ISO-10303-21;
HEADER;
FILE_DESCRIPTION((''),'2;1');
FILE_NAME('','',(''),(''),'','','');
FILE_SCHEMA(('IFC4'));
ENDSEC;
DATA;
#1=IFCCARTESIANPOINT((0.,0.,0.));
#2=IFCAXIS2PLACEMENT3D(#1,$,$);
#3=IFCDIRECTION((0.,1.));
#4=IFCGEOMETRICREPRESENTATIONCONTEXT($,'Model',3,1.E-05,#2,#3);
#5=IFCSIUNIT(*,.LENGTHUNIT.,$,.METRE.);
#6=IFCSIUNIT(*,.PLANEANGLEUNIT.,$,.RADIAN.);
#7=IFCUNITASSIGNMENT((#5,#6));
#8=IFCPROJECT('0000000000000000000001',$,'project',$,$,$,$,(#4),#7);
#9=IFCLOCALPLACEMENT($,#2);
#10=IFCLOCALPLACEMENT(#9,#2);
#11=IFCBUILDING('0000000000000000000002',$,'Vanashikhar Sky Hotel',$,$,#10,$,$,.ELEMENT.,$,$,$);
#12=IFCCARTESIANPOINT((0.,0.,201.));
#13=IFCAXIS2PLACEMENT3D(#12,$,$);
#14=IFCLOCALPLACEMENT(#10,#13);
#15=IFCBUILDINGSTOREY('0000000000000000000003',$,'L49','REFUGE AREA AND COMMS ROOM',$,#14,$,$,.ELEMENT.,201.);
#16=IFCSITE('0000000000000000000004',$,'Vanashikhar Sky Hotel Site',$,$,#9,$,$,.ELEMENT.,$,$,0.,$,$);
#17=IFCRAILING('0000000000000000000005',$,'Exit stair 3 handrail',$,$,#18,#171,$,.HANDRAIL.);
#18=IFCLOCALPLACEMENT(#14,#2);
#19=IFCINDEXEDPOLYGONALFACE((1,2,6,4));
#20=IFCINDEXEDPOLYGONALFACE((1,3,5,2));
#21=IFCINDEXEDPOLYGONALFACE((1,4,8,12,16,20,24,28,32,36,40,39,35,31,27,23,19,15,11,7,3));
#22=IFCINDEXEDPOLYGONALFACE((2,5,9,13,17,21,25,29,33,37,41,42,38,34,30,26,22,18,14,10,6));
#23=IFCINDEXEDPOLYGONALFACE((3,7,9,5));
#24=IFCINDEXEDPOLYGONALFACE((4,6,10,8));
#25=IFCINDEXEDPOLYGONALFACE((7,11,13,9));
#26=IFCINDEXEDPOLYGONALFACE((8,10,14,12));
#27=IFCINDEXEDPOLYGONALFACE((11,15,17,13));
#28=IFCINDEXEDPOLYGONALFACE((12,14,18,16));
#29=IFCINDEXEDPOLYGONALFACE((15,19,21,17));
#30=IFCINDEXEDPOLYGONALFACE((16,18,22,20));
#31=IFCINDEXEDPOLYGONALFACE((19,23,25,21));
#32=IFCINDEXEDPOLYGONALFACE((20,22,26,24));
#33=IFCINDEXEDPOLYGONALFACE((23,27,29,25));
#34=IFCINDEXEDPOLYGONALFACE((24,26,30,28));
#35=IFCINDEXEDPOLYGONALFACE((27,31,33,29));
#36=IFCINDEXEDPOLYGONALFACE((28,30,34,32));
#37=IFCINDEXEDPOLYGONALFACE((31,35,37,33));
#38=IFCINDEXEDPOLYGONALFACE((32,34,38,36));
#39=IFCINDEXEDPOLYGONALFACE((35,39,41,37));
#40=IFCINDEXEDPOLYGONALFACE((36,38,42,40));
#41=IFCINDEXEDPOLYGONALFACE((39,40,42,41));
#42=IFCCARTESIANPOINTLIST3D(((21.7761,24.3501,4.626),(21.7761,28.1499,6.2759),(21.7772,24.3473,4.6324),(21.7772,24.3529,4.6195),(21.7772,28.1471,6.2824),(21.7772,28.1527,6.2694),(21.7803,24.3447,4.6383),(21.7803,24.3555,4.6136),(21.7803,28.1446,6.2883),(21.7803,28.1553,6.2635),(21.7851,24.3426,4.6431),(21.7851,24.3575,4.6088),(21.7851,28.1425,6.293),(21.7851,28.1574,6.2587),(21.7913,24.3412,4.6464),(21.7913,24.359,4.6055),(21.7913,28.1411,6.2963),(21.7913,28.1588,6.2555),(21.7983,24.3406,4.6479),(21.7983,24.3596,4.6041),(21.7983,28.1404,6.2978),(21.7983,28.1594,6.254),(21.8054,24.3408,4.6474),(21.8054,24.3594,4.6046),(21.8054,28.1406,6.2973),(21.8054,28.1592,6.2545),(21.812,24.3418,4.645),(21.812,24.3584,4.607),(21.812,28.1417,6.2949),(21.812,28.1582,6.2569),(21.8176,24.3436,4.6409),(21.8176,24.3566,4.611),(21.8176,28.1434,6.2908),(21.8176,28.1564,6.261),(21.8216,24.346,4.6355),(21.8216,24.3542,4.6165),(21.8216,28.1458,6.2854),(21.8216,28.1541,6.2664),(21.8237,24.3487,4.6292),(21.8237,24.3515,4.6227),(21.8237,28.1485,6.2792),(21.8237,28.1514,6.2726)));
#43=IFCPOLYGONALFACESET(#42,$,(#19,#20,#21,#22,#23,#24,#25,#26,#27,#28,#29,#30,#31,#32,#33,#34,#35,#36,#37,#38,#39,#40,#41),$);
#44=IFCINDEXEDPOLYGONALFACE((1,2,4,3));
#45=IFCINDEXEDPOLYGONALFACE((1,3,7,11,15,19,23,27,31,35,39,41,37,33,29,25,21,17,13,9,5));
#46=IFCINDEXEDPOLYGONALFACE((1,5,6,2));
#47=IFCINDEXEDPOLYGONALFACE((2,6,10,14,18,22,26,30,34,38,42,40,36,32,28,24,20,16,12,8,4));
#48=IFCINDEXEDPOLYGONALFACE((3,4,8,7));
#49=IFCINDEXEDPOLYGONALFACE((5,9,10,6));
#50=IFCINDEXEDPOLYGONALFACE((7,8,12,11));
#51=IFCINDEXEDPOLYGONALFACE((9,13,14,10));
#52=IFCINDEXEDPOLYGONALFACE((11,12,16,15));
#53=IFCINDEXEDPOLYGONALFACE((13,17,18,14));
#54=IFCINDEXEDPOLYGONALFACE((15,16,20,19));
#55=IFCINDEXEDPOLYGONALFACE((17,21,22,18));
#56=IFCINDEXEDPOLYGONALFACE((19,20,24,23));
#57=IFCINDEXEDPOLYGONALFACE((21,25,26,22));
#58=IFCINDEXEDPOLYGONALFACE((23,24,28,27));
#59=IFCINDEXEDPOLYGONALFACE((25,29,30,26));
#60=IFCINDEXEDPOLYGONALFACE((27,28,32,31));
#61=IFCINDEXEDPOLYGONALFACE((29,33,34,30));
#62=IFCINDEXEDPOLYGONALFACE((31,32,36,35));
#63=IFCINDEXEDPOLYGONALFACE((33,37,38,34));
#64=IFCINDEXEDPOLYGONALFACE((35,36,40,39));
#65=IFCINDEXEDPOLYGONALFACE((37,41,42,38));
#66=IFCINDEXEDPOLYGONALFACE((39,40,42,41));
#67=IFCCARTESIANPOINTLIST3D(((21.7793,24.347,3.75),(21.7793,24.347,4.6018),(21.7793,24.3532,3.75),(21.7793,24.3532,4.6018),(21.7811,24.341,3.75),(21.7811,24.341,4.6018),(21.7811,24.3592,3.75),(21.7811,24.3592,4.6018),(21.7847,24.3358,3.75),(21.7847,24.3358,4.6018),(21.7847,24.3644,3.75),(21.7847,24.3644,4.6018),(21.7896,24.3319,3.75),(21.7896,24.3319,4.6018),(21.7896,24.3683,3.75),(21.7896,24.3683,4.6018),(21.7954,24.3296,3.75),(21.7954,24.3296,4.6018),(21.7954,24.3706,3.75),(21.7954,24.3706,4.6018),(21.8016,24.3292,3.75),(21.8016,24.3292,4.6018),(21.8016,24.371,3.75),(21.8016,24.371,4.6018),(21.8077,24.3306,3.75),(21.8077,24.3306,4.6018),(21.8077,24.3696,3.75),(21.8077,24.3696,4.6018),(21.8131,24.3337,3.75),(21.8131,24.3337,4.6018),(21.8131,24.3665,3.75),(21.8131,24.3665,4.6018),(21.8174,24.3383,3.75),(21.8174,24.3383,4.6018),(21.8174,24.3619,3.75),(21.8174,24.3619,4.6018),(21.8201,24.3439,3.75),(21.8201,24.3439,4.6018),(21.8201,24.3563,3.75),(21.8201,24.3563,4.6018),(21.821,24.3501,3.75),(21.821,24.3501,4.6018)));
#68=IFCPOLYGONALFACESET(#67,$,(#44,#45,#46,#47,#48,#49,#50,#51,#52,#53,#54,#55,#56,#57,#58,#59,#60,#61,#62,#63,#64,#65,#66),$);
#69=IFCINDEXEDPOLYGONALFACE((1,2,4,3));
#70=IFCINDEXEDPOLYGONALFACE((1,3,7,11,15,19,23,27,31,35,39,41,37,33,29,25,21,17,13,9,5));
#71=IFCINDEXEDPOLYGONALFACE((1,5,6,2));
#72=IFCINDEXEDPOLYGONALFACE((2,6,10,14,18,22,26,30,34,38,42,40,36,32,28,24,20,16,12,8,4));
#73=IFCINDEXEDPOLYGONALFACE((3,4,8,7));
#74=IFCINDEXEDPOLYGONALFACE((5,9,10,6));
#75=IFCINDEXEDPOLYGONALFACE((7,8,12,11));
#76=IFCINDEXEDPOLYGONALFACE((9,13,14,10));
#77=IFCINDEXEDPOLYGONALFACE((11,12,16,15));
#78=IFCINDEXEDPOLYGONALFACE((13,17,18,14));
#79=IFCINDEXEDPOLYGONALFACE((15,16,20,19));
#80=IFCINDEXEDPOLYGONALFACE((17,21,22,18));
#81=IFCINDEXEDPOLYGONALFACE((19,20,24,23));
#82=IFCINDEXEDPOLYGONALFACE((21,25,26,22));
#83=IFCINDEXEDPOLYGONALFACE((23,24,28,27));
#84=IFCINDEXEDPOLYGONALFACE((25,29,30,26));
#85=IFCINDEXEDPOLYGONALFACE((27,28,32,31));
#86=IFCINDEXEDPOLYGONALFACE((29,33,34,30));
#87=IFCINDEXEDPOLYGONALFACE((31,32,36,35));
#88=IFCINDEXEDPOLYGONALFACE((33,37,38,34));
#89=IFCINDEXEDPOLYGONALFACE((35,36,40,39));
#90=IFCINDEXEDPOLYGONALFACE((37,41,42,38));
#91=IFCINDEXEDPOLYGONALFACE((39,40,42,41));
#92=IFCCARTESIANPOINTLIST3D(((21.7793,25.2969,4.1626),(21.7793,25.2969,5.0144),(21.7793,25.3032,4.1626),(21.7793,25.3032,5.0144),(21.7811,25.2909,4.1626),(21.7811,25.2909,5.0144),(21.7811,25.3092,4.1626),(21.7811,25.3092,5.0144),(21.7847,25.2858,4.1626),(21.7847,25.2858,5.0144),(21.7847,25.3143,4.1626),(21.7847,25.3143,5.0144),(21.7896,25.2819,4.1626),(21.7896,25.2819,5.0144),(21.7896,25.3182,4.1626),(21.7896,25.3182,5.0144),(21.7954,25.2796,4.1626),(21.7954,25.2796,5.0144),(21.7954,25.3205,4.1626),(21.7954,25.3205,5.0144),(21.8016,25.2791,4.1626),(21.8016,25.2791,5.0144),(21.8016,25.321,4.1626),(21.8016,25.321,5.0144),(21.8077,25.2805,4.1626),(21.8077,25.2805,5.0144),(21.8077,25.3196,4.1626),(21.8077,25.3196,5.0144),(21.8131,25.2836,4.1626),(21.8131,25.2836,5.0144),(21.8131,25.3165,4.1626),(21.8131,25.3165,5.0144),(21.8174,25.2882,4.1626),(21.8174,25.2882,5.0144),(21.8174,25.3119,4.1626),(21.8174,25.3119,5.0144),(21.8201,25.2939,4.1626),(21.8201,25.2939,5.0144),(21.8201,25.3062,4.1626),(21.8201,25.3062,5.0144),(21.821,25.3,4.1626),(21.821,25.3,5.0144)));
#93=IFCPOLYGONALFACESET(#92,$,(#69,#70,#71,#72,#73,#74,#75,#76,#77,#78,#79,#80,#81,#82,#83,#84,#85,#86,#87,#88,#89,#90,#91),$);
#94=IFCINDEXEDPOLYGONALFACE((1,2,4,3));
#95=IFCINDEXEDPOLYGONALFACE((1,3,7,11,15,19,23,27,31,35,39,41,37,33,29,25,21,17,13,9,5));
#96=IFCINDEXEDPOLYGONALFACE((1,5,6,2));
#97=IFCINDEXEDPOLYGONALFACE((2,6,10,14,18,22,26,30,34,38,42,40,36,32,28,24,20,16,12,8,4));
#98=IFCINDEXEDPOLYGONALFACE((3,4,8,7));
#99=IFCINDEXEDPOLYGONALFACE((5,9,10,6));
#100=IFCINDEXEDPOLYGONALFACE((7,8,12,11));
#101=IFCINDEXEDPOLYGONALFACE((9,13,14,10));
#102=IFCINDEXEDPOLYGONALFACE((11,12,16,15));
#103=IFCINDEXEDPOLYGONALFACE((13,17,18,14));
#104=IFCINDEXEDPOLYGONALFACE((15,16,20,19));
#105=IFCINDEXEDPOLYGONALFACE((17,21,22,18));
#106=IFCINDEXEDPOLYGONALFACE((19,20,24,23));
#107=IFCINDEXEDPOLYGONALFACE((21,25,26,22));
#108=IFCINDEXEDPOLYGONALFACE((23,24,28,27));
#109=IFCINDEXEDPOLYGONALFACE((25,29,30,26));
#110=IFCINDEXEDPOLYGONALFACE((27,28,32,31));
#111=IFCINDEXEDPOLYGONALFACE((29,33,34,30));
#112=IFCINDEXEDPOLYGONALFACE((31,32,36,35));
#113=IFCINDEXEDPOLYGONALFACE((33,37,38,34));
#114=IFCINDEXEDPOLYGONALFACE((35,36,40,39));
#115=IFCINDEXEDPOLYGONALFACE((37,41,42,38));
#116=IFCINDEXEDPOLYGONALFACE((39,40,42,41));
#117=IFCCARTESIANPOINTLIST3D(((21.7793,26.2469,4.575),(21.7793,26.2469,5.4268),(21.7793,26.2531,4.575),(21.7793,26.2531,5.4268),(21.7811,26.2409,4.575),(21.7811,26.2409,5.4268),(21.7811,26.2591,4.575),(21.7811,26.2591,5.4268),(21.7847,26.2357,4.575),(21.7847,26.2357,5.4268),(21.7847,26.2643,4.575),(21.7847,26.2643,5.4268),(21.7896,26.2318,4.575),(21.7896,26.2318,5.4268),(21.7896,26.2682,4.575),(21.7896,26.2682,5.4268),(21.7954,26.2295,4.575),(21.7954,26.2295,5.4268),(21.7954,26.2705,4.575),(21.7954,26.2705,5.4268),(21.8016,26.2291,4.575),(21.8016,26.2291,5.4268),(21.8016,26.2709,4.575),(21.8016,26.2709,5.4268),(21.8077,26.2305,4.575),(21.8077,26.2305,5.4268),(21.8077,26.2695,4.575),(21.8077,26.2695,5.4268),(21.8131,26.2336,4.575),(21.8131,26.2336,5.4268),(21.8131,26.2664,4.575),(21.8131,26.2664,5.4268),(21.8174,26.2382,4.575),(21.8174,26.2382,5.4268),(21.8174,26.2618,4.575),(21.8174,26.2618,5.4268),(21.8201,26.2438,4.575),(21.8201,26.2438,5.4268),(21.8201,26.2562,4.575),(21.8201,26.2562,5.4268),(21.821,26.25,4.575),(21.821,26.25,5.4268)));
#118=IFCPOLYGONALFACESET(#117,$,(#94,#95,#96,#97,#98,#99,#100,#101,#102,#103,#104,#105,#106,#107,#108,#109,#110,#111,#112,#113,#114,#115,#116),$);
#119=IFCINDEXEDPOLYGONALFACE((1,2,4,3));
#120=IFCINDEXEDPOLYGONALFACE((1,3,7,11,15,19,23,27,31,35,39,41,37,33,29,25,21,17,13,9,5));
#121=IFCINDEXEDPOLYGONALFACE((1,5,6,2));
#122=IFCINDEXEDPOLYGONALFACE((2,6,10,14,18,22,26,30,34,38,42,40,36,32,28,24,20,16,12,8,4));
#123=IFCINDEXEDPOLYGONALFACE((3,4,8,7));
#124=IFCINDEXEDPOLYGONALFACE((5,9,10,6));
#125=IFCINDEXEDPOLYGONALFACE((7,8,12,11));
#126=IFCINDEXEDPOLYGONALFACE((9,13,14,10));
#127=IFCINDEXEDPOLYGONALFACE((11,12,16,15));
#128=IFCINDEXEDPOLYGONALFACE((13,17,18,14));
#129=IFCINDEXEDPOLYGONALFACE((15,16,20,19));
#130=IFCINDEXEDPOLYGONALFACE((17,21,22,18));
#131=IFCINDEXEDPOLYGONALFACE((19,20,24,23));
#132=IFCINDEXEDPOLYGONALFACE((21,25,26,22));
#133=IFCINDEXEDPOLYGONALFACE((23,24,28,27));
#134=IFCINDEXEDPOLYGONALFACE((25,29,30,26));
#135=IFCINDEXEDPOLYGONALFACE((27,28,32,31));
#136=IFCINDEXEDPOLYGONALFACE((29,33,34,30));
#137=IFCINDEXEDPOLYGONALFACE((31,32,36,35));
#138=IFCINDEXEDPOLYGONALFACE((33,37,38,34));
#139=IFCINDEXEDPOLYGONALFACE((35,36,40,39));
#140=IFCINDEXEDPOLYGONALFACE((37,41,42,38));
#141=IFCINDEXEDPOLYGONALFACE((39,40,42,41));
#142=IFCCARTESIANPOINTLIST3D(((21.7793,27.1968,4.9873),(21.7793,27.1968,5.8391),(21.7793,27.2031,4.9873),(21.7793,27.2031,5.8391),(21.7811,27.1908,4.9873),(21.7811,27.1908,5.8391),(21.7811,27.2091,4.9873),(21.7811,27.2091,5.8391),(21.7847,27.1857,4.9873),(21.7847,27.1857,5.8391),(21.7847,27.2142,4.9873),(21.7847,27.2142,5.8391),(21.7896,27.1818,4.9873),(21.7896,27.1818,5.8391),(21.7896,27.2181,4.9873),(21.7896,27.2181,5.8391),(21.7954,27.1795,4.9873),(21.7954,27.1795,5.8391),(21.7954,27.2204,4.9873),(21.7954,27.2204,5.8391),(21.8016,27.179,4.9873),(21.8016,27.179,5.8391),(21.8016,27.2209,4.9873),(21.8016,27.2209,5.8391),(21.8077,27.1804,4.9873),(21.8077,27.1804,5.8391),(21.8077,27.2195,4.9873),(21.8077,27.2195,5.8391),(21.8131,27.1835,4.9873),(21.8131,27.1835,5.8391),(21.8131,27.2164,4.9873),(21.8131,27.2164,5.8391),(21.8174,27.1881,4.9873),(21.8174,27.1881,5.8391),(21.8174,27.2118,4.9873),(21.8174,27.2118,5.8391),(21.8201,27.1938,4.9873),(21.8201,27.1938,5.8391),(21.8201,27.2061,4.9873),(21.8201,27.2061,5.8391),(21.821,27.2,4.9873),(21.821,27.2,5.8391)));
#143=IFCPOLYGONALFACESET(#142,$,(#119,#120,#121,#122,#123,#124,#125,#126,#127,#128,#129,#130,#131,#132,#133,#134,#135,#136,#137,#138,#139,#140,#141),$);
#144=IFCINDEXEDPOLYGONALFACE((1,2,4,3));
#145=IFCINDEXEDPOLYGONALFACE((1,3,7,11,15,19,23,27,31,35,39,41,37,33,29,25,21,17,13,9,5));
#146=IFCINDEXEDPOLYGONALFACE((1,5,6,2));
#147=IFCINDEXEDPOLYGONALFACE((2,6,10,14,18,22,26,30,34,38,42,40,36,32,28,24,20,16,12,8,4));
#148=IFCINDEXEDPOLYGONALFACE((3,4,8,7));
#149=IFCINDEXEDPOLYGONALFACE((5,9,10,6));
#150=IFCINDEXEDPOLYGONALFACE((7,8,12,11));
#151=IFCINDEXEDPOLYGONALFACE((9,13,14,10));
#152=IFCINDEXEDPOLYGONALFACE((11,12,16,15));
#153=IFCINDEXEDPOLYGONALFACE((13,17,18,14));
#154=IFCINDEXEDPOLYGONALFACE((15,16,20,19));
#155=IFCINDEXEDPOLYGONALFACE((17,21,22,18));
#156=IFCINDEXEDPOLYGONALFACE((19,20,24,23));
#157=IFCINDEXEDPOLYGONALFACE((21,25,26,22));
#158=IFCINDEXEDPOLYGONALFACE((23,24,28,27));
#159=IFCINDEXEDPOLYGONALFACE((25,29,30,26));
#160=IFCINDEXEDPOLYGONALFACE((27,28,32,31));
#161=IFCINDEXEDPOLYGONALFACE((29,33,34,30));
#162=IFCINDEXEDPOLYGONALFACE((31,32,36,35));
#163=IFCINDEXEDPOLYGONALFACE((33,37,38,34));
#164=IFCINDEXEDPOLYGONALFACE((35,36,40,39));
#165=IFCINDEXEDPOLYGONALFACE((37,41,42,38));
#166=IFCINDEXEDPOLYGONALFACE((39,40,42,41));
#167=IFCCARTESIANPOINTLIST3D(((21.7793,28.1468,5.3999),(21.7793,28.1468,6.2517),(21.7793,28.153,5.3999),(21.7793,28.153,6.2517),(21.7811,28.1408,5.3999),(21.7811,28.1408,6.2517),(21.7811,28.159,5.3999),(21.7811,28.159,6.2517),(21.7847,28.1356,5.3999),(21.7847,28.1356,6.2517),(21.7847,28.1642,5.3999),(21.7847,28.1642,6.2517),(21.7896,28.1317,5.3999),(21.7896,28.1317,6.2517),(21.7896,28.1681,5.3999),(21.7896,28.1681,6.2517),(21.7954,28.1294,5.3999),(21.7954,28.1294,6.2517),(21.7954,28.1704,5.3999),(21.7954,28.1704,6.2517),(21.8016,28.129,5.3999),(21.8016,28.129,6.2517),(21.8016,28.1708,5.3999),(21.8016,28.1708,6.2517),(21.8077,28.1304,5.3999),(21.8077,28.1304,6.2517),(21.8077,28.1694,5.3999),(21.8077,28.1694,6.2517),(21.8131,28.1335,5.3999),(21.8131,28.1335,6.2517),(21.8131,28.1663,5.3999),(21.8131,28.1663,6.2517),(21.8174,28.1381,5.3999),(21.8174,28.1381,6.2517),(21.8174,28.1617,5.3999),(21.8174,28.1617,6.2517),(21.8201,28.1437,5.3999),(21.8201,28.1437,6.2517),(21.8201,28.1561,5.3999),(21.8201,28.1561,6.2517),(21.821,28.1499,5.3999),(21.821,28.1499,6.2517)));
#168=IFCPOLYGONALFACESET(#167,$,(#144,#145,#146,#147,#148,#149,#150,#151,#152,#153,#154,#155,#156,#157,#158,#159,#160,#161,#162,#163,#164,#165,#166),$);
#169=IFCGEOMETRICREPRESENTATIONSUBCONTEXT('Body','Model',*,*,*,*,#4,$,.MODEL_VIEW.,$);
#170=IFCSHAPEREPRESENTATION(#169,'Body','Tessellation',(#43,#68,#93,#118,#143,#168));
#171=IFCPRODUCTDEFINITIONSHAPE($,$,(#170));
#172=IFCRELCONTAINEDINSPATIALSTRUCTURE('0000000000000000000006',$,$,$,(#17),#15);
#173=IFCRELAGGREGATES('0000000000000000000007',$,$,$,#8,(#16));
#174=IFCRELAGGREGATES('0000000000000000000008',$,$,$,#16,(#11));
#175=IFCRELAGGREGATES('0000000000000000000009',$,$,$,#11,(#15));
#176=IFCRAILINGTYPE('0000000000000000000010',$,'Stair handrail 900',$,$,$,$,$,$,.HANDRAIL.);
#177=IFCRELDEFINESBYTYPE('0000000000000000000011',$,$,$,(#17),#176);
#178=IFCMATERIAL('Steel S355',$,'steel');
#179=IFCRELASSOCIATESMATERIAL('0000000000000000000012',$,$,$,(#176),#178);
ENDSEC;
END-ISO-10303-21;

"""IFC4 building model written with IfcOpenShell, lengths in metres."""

from ifc_helpers import new_model, si_unit, direction, frame, origin, origin_2d, place, context, subcontext, project, spatial, circle, extrude, source, transform, mapped, material, type_object, element, save


model = new_model("IFC4")

# Units and contexts
model_context = context("Model", 3, precision=1e-05, world=origin(), true_north=direction((0.0, 1.0)))
body_context = subcontext(model_context, "Body", "Model", "MODEL_VIEW")
ifc_project = project(units=[si_unit("LENGTHUNIT", "METRE"), si_unit("PLANEANGLEUNIT", "RADIAN")], contexts=[model_context])

# Site, building, storey
site_placement = place(None, origin())
site = spatial("IfcSite", under=ifc_project, at=site_placement, Name="Vanashikhar Sky Hotel Site", CompositionType="ELEMENT", RefElevation=0.0)
building_placement = place(site_placement, origin())
building = spatial("IfcBuilding", under=site, at=building_placement, Name="Vanashikhar Sky Hotel", CompositionType="ELEMENT")
storey_placement = place(building_placement, frame((0.0, 0.0, 201.0)))
storey = spatial("IfcBuildingStorey", under=building, at=storey_placement, Name="L49", Description="REFUGE AREA AND COMMS ROOM", CompositionType="ELEMENT", Elevation=201.0)

# Railing
ifc_material_1 = material(Name="Steel S355", Category="steel")
railing_type_1 = type_object("IfcRailingType", Name="Stair handrail 900", PredefinedType="HANDRAIL", material=ifc_material_1)
shared_shape_1 = source(origin(), body_context, "Body", "SweptSolid", [
    extrude(circle(Radius=0.0239, at=origin_2d()), frame((0.0, 0.0, 0.876), z_axis=(0.0, 0.917263, 0.398282), x_axis=(-1.0, 0.0, 0.0)), (0.0, 0.0, 1.0), 4.1426),
    extrude(circle(Radius=0.021, at=origin_2d()), origin(), (0.0, 0.0, 1.0), 0.8518),
    extrude(circle(Radius=0.021, at=origin_2d()), frame((0.0, 0.95, 0.4126)), (0.0, 0.0, 1.0), 0.8518),
    extrude(circle(Radius=0.021, at=origin_2d()), frame((0.0, 1.8999, 0.825)), (0.0, 0.0, 1.0), 0.8518),
    extrude(circle(Radius=0.021, at=origin_2d()), frame((0.0, 2.8499, 1.2373)), (0.0, 0.0, 1.0), 0.8518),
    extrude(circle(Radius=0.021, at=origin_2d()), frame((0.0, 3.7998, 1.6499)), (0.0, 0.0, 1.0), 0.8518),
])
railing_1_placement = place(storey_placement, frame((21.8, 24.3501, 3.75)))
element("IfcRailing", 1, at=railing_1_placement, inside=storey, type_object=railing_type_1, Name="Exit stair 3 handrail", PredefinedType="HANDRAIL", context=body_context, shape_type="MappedRepresentation", body=[
    mapped(shared_shape_1, transform((0.0, 0.0, 0.0), scale=1.0)),
])

save(model, "model.ifc")
